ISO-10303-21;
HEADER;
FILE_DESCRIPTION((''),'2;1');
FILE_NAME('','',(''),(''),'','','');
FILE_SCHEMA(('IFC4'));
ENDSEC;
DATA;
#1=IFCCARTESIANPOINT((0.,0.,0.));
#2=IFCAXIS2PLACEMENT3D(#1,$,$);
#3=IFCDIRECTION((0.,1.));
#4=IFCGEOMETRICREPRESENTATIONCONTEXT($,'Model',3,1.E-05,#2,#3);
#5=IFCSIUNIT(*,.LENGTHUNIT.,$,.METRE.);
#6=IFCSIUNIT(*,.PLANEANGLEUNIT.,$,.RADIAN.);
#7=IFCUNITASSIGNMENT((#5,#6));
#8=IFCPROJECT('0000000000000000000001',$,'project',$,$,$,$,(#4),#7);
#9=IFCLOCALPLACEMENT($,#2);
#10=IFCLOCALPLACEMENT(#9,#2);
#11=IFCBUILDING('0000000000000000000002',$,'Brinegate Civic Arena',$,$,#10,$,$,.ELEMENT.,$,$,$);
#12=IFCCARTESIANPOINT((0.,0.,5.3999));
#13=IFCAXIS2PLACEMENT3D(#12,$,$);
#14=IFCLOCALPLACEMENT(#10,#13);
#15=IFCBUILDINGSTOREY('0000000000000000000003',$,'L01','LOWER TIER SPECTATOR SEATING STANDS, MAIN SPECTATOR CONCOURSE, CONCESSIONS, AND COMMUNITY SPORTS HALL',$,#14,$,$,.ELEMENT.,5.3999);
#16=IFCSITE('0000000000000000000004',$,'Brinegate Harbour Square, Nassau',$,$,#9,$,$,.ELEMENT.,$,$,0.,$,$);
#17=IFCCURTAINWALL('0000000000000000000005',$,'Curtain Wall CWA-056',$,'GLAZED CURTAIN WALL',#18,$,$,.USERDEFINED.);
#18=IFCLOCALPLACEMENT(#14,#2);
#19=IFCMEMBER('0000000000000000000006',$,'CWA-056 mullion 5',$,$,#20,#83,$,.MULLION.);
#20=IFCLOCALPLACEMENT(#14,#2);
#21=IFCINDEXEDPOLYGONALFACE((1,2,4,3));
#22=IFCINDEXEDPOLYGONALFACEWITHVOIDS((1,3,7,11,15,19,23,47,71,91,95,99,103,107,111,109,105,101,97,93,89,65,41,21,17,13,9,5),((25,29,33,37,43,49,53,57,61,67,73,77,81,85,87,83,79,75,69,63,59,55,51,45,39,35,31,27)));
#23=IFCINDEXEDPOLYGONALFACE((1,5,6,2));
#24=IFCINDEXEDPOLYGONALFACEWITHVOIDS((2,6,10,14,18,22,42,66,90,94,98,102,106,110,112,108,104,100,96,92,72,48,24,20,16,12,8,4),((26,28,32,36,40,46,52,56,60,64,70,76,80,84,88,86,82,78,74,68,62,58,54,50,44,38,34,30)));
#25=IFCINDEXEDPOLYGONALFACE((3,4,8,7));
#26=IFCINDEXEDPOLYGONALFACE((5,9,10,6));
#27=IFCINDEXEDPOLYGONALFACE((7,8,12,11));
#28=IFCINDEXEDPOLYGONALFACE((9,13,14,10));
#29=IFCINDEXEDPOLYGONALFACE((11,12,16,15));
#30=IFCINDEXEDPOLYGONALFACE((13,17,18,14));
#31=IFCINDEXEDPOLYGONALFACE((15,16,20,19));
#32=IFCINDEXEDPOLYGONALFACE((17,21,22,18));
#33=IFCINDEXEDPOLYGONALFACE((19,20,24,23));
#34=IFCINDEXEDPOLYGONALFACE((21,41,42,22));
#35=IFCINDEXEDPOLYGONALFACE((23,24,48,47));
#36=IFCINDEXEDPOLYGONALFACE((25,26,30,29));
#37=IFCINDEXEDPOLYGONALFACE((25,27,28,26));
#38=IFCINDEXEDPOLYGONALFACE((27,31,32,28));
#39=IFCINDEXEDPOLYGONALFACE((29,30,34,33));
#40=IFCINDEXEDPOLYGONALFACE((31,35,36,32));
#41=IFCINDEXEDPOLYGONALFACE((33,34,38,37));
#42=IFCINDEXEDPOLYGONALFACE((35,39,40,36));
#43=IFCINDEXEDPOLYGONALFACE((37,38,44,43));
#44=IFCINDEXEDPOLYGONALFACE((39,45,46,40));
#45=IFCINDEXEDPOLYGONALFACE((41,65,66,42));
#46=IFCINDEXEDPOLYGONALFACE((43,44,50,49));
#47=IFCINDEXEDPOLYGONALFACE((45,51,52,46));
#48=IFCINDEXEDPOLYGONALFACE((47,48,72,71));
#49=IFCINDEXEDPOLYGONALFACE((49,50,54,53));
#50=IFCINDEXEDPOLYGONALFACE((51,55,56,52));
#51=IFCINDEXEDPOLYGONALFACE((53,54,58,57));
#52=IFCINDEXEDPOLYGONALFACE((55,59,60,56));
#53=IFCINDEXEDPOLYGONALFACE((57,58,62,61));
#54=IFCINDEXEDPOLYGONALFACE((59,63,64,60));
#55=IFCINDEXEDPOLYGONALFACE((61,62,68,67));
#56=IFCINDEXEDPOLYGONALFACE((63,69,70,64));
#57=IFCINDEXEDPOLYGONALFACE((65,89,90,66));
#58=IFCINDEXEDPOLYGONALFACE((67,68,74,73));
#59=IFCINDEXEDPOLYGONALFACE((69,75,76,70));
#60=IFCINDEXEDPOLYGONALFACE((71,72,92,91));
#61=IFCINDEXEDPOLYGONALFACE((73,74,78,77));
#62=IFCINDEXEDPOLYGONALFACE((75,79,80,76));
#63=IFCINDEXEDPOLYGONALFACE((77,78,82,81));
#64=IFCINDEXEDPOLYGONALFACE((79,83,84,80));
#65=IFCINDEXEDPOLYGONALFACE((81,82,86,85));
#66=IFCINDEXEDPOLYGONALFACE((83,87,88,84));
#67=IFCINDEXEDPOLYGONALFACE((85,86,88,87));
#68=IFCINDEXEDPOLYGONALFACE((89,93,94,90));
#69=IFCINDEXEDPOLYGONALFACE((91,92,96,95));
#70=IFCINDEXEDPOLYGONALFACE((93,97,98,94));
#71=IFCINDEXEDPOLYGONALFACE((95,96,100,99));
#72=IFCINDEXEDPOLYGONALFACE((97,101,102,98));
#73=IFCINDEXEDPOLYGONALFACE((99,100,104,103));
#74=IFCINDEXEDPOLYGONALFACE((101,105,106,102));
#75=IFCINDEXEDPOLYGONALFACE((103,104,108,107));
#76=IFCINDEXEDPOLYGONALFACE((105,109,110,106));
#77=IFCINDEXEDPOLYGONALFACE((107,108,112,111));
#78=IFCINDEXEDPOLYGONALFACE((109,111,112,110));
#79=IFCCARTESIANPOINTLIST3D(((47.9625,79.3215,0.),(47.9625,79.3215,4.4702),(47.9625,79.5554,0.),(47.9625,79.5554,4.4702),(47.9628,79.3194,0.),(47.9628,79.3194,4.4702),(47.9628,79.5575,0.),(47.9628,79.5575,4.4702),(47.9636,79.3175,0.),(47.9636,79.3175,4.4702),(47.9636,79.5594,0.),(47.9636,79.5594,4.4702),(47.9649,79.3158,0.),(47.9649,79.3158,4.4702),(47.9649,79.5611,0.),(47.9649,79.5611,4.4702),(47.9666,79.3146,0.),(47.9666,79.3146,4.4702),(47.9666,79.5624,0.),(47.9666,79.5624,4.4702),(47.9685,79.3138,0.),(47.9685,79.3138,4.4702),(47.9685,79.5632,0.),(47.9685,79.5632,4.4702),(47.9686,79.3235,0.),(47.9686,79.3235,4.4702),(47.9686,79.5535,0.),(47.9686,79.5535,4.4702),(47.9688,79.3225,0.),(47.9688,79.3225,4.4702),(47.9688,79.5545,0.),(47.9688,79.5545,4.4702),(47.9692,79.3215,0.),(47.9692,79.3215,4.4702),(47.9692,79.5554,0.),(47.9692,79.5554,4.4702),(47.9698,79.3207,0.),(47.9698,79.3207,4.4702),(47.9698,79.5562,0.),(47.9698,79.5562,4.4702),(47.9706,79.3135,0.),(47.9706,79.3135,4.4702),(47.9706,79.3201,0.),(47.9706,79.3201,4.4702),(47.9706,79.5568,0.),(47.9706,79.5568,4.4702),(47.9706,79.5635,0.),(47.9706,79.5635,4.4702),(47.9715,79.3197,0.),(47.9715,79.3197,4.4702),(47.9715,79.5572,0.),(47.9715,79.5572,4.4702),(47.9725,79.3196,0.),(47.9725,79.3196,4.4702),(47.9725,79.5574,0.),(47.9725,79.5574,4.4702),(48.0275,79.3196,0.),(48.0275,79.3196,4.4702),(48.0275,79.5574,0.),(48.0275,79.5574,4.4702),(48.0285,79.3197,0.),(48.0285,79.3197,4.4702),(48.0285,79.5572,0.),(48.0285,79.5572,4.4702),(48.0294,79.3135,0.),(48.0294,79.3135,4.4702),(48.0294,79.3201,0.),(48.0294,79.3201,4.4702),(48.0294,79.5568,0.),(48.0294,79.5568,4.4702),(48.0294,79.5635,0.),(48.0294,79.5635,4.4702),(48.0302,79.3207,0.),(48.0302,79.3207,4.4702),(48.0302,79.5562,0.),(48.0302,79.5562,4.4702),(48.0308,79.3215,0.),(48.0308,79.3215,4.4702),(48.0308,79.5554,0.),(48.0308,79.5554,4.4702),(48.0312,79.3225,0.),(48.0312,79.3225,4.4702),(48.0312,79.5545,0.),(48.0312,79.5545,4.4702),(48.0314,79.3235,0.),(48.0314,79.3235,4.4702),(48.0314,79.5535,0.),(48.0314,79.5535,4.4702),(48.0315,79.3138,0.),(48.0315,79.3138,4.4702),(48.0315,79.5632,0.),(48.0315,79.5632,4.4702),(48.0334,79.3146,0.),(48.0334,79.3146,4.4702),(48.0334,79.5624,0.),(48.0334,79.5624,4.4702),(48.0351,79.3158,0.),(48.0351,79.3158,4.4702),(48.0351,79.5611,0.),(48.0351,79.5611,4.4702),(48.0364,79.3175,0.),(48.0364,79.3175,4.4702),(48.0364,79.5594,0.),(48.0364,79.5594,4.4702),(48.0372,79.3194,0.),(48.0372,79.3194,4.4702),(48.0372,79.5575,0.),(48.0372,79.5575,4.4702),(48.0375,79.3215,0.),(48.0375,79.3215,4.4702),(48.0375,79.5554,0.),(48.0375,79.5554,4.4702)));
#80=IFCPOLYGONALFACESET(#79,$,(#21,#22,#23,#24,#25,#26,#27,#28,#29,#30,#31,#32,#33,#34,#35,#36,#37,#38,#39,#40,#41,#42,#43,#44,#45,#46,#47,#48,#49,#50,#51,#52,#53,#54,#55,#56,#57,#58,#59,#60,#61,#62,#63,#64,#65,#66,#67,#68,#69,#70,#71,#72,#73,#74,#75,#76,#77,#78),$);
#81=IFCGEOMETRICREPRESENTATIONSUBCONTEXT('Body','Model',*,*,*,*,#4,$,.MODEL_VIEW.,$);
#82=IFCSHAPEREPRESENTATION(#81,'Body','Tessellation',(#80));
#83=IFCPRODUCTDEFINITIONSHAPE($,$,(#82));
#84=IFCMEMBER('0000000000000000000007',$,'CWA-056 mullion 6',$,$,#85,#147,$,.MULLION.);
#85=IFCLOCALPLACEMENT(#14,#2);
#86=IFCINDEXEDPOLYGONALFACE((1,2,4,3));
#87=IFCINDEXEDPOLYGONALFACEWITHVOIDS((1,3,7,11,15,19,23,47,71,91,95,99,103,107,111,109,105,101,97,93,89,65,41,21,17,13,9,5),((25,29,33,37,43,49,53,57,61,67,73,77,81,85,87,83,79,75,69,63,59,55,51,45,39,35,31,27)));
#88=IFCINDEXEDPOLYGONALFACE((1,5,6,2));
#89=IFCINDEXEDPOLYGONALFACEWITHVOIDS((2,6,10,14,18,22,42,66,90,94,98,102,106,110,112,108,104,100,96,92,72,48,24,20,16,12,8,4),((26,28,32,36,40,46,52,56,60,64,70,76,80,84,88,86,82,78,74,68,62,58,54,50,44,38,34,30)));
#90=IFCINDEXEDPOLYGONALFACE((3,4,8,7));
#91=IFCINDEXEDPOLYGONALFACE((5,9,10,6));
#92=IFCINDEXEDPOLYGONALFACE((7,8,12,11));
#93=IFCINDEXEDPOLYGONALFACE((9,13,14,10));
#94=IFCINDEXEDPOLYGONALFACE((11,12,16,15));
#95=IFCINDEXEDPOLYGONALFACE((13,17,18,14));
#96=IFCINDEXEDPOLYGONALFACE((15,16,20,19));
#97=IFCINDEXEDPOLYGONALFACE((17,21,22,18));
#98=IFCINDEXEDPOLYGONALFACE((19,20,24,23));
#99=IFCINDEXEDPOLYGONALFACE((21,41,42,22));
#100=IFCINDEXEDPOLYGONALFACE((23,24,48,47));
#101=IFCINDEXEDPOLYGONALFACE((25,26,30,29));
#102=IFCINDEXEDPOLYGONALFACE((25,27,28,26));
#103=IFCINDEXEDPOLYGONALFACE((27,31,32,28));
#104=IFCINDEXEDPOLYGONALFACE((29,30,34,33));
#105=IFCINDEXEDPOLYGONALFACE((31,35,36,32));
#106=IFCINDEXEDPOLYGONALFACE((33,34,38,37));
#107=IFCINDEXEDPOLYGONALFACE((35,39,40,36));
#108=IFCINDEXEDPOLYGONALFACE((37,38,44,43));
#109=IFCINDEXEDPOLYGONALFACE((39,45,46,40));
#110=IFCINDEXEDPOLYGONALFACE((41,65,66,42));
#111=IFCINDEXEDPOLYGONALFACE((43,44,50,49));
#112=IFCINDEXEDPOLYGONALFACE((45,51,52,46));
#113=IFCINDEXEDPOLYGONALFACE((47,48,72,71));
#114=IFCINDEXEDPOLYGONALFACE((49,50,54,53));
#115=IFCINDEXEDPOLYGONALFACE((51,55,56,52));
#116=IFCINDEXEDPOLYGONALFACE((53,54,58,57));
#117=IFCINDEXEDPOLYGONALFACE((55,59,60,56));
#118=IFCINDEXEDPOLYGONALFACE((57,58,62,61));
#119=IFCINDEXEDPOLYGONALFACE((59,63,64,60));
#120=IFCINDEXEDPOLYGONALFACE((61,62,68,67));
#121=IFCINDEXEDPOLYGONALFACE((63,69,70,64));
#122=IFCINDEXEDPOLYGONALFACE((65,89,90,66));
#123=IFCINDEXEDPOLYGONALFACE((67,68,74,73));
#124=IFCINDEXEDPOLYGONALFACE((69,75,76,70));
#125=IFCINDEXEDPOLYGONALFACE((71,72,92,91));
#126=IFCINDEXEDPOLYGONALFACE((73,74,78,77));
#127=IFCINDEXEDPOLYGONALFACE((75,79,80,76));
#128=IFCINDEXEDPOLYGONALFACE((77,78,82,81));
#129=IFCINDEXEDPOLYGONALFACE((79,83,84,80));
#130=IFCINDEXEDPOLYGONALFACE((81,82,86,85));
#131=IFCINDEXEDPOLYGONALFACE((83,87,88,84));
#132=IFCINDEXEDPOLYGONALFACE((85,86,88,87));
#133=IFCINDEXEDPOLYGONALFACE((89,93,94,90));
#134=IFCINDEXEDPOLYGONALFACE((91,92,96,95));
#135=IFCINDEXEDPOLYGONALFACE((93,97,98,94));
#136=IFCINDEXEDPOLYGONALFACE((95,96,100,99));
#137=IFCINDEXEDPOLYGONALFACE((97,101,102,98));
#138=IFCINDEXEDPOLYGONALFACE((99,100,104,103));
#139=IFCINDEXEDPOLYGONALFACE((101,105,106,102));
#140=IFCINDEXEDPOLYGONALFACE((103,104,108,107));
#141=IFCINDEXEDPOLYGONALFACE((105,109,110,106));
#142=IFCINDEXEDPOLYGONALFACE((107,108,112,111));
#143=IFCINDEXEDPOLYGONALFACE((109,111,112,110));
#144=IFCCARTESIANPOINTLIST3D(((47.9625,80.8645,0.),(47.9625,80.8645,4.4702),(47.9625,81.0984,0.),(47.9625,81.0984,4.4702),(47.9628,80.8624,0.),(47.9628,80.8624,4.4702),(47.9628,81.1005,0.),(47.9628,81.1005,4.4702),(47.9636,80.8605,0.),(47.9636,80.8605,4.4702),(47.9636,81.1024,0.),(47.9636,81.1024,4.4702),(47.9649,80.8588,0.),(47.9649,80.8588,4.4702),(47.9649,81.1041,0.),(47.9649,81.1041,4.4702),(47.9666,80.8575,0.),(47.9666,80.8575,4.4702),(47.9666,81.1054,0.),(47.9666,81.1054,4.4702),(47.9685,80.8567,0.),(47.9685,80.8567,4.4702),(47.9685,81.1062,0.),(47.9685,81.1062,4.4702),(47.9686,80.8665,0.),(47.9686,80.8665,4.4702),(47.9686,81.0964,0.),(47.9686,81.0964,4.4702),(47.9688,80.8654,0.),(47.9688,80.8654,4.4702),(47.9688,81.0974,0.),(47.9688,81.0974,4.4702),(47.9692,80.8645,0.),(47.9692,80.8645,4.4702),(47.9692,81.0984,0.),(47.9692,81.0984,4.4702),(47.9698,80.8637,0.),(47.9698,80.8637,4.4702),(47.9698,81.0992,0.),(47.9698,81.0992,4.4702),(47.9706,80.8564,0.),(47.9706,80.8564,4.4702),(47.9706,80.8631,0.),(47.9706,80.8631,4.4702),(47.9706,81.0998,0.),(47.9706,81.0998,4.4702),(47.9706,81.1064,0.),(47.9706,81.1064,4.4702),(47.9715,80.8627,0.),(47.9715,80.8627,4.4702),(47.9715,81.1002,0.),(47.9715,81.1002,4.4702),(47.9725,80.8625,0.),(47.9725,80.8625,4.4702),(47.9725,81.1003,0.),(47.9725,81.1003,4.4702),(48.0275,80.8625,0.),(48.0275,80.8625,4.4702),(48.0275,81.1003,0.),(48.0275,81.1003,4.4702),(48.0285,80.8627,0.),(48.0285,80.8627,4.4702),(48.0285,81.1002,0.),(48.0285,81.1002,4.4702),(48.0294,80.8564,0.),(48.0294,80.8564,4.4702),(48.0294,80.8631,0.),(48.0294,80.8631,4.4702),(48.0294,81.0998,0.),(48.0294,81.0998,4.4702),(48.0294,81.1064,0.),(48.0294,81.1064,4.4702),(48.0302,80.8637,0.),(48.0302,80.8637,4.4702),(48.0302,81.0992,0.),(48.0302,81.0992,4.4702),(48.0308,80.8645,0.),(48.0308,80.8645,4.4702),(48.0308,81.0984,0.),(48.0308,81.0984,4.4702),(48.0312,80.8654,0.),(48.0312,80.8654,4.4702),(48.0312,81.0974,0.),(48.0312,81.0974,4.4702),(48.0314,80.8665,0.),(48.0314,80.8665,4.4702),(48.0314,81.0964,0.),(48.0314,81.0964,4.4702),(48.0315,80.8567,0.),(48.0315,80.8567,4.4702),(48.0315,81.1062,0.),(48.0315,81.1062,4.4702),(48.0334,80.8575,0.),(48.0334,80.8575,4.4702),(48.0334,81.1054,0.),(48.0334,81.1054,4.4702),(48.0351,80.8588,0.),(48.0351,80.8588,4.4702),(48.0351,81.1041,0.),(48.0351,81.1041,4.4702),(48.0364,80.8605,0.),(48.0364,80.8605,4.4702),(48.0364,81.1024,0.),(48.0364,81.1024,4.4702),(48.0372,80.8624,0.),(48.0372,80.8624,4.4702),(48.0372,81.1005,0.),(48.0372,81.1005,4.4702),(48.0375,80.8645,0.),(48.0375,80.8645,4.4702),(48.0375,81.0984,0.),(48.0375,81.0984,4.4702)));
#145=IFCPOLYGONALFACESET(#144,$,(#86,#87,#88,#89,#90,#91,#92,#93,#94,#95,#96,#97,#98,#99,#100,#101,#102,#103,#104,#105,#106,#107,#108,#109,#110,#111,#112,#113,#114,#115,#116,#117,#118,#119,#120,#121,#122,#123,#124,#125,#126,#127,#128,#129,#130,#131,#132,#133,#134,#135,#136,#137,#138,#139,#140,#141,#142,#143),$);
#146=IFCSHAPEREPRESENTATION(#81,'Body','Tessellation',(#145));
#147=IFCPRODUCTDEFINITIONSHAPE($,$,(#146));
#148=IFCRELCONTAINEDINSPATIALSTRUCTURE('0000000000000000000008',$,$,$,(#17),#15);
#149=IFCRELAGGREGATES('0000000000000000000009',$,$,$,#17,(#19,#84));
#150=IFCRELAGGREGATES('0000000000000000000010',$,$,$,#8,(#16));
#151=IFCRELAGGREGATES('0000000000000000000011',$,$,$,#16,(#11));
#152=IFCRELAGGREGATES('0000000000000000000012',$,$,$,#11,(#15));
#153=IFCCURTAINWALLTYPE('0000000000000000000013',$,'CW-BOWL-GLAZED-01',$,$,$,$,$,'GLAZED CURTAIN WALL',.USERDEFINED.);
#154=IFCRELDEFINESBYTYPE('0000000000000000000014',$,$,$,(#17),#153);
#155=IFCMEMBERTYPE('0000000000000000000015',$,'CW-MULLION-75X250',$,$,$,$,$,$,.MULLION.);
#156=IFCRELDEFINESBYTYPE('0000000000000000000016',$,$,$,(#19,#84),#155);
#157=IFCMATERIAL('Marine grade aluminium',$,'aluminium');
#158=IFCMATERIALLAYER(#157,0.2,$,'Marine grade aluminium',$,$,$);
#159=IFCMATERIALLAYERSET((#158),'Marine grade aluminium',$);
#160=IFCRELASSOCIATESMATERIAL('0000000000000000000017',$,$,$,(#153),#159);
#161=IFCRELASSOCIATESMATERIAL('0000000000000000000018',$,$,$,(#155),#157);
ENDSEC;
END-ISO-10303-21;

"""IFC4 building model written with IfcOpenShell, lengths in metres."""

from ifc_helpers import new_model, si_unit, direction, frame, origin, origin_2d, place, context, subcontext, project, spatial, hollow_rectangle, extrude, material, layer, layer_set, material_profile, profile_set, type_object, element, aggregate, save


model = new_model("IFC4")

# Units and contexts
model_context = context("Model", 3, precision=1e-05, world=origin(), true_north=direction((0.0, 1.0)))
body_context = subcontext(model_context, "Body", "Model", "MODEL_VIEW")
ifc_project = project(units=[si_unit("LENGTHUNIT", "METRE"), si_unit("PLANEANGLEUNIT", "RADIAN")], contexts=[model_context])

# Site, building, storey
site_placement = place(None, origin())
site = spatial("IfcSite", under=ifc_project, at=site_placement, Name="Brinegate Harbour Square, Nassau", CompositionType="ELEMENT", RefElevation=0.0)
building_placement = place(site_placement, origin())
building = spatial("IfcBuilding", under=site, at=building_placement, Name="Brinegate Civic Arena", CompositionType="ELEMENT")
storey_placement = place(building_placement, frame((0.0, 0.0, 5.3999)))
storey = spatial("IfcBuildingStorey", under=building, at=storey_placement, Name="L01", Description="LOWER TIER SPECTATOR SEATING STANDS, MAIN SPECTATOR CONCOURSE, CONCESSIONS, AND COMMUNITY SPORTS HALL", CompositionType="ELEMENT", Elevation=5.3999)

# Shared definitions
ifc_material_1 = material(Name="Marine grade aluminium", Category="aluminium")
ifc_layer_1 = layer(ifc_material_1, 0.2, Name="Marine grade aluminium")
ifc_layer_set_1 = layer_set([ifc_layer_1], Name="Marine grade aluminium")
curtain_wall_type = type_object("IfcCurtainWallType", Name="CW-BOWL-GLAZED-01", ElementType="GLAZED CURTAIN WALL", PredefinedType="USERDEFINED", material=ifc_layer_set_1)

# Curtain wall, members
curtain_wall_1_placement = place(storey_placement, origin())
curtain_wall_1 = element("IfcCurtainWall", 1, at=curtain_wall_1_placement, inside=storey, type_object=curtain_wall_type, Name="Curtain Wall CWA-056", ObjectType="GLAZED CURTAIN WALL", PredefinedType="USERDEFINED")
ifc_material_profile_1 = material_profile(ifc_material_1, hollow_rectangle(XDim=0.075, YDim=0.25, WallThickness=0.0061, InnerFilletRadius=0.0039, OuterFilletRadius=0.0081, at=origin_2d()), Name="MUL75X250")
ifc_profile_set_1 = profile_set([ifc_material_profile_1], Name="Marine grade aluminium")
member_type_1 = type_object("IfcMemberType", Name="CW-MULLION-75X250", PredefinedType="MULLION", material=ifc_profile_set_1)
member_1_placement = place(storey_placement, frame((48.0, 79.4385, 0.0), z_axis=(0.0, 0.0, 1.0), x_axis=(-1.0, 0.0, 0.0)))
member_1 = element("IfcMember", 2, at=member_1_placement, type_object=member_type_1, Name="CWA-056 mullion 5", PredefinedType="MULLION", context=body_context, shape_type="SweptSolid", body=[
    extrude(hollow_rectangle(XDim=0.075, YDim=0.25, WallThickness=0.0061, InnerFilletRadius=0.0039, OuterFilletRadius=0.0081, at=origin_2d()), origin(), (0.0, 0.0, 1.0), 4.4702),
])
member_2_placement = place(storey_placement, frame((48.0, 80.9814, 0.0), z_axis=(0.0, 0.0, 1.0), x_axis=(-1.0, 0.0, 0.0)))
member_2 = element("IfcMember", 3, at=member_2_placement, type_object=member_type_1, Name="CWA-056 mullion 6", PredefinedType="MULLION", context=body_context, shape_type="SweptSolid", body=[
    extrude(hollow_rectangle(XDim=0.075, YDim=0.25, WallThickness=0.0061, InnerFilletRadius=0.0039, OuterFilletRadius=0.0081, at=origin_2d()), origin(), (0.0, 0.0, 1.0), 4.4702),
])

aggregate(curtain_wall_1, [member_1, member_2])

save(model, "model.ifc")
